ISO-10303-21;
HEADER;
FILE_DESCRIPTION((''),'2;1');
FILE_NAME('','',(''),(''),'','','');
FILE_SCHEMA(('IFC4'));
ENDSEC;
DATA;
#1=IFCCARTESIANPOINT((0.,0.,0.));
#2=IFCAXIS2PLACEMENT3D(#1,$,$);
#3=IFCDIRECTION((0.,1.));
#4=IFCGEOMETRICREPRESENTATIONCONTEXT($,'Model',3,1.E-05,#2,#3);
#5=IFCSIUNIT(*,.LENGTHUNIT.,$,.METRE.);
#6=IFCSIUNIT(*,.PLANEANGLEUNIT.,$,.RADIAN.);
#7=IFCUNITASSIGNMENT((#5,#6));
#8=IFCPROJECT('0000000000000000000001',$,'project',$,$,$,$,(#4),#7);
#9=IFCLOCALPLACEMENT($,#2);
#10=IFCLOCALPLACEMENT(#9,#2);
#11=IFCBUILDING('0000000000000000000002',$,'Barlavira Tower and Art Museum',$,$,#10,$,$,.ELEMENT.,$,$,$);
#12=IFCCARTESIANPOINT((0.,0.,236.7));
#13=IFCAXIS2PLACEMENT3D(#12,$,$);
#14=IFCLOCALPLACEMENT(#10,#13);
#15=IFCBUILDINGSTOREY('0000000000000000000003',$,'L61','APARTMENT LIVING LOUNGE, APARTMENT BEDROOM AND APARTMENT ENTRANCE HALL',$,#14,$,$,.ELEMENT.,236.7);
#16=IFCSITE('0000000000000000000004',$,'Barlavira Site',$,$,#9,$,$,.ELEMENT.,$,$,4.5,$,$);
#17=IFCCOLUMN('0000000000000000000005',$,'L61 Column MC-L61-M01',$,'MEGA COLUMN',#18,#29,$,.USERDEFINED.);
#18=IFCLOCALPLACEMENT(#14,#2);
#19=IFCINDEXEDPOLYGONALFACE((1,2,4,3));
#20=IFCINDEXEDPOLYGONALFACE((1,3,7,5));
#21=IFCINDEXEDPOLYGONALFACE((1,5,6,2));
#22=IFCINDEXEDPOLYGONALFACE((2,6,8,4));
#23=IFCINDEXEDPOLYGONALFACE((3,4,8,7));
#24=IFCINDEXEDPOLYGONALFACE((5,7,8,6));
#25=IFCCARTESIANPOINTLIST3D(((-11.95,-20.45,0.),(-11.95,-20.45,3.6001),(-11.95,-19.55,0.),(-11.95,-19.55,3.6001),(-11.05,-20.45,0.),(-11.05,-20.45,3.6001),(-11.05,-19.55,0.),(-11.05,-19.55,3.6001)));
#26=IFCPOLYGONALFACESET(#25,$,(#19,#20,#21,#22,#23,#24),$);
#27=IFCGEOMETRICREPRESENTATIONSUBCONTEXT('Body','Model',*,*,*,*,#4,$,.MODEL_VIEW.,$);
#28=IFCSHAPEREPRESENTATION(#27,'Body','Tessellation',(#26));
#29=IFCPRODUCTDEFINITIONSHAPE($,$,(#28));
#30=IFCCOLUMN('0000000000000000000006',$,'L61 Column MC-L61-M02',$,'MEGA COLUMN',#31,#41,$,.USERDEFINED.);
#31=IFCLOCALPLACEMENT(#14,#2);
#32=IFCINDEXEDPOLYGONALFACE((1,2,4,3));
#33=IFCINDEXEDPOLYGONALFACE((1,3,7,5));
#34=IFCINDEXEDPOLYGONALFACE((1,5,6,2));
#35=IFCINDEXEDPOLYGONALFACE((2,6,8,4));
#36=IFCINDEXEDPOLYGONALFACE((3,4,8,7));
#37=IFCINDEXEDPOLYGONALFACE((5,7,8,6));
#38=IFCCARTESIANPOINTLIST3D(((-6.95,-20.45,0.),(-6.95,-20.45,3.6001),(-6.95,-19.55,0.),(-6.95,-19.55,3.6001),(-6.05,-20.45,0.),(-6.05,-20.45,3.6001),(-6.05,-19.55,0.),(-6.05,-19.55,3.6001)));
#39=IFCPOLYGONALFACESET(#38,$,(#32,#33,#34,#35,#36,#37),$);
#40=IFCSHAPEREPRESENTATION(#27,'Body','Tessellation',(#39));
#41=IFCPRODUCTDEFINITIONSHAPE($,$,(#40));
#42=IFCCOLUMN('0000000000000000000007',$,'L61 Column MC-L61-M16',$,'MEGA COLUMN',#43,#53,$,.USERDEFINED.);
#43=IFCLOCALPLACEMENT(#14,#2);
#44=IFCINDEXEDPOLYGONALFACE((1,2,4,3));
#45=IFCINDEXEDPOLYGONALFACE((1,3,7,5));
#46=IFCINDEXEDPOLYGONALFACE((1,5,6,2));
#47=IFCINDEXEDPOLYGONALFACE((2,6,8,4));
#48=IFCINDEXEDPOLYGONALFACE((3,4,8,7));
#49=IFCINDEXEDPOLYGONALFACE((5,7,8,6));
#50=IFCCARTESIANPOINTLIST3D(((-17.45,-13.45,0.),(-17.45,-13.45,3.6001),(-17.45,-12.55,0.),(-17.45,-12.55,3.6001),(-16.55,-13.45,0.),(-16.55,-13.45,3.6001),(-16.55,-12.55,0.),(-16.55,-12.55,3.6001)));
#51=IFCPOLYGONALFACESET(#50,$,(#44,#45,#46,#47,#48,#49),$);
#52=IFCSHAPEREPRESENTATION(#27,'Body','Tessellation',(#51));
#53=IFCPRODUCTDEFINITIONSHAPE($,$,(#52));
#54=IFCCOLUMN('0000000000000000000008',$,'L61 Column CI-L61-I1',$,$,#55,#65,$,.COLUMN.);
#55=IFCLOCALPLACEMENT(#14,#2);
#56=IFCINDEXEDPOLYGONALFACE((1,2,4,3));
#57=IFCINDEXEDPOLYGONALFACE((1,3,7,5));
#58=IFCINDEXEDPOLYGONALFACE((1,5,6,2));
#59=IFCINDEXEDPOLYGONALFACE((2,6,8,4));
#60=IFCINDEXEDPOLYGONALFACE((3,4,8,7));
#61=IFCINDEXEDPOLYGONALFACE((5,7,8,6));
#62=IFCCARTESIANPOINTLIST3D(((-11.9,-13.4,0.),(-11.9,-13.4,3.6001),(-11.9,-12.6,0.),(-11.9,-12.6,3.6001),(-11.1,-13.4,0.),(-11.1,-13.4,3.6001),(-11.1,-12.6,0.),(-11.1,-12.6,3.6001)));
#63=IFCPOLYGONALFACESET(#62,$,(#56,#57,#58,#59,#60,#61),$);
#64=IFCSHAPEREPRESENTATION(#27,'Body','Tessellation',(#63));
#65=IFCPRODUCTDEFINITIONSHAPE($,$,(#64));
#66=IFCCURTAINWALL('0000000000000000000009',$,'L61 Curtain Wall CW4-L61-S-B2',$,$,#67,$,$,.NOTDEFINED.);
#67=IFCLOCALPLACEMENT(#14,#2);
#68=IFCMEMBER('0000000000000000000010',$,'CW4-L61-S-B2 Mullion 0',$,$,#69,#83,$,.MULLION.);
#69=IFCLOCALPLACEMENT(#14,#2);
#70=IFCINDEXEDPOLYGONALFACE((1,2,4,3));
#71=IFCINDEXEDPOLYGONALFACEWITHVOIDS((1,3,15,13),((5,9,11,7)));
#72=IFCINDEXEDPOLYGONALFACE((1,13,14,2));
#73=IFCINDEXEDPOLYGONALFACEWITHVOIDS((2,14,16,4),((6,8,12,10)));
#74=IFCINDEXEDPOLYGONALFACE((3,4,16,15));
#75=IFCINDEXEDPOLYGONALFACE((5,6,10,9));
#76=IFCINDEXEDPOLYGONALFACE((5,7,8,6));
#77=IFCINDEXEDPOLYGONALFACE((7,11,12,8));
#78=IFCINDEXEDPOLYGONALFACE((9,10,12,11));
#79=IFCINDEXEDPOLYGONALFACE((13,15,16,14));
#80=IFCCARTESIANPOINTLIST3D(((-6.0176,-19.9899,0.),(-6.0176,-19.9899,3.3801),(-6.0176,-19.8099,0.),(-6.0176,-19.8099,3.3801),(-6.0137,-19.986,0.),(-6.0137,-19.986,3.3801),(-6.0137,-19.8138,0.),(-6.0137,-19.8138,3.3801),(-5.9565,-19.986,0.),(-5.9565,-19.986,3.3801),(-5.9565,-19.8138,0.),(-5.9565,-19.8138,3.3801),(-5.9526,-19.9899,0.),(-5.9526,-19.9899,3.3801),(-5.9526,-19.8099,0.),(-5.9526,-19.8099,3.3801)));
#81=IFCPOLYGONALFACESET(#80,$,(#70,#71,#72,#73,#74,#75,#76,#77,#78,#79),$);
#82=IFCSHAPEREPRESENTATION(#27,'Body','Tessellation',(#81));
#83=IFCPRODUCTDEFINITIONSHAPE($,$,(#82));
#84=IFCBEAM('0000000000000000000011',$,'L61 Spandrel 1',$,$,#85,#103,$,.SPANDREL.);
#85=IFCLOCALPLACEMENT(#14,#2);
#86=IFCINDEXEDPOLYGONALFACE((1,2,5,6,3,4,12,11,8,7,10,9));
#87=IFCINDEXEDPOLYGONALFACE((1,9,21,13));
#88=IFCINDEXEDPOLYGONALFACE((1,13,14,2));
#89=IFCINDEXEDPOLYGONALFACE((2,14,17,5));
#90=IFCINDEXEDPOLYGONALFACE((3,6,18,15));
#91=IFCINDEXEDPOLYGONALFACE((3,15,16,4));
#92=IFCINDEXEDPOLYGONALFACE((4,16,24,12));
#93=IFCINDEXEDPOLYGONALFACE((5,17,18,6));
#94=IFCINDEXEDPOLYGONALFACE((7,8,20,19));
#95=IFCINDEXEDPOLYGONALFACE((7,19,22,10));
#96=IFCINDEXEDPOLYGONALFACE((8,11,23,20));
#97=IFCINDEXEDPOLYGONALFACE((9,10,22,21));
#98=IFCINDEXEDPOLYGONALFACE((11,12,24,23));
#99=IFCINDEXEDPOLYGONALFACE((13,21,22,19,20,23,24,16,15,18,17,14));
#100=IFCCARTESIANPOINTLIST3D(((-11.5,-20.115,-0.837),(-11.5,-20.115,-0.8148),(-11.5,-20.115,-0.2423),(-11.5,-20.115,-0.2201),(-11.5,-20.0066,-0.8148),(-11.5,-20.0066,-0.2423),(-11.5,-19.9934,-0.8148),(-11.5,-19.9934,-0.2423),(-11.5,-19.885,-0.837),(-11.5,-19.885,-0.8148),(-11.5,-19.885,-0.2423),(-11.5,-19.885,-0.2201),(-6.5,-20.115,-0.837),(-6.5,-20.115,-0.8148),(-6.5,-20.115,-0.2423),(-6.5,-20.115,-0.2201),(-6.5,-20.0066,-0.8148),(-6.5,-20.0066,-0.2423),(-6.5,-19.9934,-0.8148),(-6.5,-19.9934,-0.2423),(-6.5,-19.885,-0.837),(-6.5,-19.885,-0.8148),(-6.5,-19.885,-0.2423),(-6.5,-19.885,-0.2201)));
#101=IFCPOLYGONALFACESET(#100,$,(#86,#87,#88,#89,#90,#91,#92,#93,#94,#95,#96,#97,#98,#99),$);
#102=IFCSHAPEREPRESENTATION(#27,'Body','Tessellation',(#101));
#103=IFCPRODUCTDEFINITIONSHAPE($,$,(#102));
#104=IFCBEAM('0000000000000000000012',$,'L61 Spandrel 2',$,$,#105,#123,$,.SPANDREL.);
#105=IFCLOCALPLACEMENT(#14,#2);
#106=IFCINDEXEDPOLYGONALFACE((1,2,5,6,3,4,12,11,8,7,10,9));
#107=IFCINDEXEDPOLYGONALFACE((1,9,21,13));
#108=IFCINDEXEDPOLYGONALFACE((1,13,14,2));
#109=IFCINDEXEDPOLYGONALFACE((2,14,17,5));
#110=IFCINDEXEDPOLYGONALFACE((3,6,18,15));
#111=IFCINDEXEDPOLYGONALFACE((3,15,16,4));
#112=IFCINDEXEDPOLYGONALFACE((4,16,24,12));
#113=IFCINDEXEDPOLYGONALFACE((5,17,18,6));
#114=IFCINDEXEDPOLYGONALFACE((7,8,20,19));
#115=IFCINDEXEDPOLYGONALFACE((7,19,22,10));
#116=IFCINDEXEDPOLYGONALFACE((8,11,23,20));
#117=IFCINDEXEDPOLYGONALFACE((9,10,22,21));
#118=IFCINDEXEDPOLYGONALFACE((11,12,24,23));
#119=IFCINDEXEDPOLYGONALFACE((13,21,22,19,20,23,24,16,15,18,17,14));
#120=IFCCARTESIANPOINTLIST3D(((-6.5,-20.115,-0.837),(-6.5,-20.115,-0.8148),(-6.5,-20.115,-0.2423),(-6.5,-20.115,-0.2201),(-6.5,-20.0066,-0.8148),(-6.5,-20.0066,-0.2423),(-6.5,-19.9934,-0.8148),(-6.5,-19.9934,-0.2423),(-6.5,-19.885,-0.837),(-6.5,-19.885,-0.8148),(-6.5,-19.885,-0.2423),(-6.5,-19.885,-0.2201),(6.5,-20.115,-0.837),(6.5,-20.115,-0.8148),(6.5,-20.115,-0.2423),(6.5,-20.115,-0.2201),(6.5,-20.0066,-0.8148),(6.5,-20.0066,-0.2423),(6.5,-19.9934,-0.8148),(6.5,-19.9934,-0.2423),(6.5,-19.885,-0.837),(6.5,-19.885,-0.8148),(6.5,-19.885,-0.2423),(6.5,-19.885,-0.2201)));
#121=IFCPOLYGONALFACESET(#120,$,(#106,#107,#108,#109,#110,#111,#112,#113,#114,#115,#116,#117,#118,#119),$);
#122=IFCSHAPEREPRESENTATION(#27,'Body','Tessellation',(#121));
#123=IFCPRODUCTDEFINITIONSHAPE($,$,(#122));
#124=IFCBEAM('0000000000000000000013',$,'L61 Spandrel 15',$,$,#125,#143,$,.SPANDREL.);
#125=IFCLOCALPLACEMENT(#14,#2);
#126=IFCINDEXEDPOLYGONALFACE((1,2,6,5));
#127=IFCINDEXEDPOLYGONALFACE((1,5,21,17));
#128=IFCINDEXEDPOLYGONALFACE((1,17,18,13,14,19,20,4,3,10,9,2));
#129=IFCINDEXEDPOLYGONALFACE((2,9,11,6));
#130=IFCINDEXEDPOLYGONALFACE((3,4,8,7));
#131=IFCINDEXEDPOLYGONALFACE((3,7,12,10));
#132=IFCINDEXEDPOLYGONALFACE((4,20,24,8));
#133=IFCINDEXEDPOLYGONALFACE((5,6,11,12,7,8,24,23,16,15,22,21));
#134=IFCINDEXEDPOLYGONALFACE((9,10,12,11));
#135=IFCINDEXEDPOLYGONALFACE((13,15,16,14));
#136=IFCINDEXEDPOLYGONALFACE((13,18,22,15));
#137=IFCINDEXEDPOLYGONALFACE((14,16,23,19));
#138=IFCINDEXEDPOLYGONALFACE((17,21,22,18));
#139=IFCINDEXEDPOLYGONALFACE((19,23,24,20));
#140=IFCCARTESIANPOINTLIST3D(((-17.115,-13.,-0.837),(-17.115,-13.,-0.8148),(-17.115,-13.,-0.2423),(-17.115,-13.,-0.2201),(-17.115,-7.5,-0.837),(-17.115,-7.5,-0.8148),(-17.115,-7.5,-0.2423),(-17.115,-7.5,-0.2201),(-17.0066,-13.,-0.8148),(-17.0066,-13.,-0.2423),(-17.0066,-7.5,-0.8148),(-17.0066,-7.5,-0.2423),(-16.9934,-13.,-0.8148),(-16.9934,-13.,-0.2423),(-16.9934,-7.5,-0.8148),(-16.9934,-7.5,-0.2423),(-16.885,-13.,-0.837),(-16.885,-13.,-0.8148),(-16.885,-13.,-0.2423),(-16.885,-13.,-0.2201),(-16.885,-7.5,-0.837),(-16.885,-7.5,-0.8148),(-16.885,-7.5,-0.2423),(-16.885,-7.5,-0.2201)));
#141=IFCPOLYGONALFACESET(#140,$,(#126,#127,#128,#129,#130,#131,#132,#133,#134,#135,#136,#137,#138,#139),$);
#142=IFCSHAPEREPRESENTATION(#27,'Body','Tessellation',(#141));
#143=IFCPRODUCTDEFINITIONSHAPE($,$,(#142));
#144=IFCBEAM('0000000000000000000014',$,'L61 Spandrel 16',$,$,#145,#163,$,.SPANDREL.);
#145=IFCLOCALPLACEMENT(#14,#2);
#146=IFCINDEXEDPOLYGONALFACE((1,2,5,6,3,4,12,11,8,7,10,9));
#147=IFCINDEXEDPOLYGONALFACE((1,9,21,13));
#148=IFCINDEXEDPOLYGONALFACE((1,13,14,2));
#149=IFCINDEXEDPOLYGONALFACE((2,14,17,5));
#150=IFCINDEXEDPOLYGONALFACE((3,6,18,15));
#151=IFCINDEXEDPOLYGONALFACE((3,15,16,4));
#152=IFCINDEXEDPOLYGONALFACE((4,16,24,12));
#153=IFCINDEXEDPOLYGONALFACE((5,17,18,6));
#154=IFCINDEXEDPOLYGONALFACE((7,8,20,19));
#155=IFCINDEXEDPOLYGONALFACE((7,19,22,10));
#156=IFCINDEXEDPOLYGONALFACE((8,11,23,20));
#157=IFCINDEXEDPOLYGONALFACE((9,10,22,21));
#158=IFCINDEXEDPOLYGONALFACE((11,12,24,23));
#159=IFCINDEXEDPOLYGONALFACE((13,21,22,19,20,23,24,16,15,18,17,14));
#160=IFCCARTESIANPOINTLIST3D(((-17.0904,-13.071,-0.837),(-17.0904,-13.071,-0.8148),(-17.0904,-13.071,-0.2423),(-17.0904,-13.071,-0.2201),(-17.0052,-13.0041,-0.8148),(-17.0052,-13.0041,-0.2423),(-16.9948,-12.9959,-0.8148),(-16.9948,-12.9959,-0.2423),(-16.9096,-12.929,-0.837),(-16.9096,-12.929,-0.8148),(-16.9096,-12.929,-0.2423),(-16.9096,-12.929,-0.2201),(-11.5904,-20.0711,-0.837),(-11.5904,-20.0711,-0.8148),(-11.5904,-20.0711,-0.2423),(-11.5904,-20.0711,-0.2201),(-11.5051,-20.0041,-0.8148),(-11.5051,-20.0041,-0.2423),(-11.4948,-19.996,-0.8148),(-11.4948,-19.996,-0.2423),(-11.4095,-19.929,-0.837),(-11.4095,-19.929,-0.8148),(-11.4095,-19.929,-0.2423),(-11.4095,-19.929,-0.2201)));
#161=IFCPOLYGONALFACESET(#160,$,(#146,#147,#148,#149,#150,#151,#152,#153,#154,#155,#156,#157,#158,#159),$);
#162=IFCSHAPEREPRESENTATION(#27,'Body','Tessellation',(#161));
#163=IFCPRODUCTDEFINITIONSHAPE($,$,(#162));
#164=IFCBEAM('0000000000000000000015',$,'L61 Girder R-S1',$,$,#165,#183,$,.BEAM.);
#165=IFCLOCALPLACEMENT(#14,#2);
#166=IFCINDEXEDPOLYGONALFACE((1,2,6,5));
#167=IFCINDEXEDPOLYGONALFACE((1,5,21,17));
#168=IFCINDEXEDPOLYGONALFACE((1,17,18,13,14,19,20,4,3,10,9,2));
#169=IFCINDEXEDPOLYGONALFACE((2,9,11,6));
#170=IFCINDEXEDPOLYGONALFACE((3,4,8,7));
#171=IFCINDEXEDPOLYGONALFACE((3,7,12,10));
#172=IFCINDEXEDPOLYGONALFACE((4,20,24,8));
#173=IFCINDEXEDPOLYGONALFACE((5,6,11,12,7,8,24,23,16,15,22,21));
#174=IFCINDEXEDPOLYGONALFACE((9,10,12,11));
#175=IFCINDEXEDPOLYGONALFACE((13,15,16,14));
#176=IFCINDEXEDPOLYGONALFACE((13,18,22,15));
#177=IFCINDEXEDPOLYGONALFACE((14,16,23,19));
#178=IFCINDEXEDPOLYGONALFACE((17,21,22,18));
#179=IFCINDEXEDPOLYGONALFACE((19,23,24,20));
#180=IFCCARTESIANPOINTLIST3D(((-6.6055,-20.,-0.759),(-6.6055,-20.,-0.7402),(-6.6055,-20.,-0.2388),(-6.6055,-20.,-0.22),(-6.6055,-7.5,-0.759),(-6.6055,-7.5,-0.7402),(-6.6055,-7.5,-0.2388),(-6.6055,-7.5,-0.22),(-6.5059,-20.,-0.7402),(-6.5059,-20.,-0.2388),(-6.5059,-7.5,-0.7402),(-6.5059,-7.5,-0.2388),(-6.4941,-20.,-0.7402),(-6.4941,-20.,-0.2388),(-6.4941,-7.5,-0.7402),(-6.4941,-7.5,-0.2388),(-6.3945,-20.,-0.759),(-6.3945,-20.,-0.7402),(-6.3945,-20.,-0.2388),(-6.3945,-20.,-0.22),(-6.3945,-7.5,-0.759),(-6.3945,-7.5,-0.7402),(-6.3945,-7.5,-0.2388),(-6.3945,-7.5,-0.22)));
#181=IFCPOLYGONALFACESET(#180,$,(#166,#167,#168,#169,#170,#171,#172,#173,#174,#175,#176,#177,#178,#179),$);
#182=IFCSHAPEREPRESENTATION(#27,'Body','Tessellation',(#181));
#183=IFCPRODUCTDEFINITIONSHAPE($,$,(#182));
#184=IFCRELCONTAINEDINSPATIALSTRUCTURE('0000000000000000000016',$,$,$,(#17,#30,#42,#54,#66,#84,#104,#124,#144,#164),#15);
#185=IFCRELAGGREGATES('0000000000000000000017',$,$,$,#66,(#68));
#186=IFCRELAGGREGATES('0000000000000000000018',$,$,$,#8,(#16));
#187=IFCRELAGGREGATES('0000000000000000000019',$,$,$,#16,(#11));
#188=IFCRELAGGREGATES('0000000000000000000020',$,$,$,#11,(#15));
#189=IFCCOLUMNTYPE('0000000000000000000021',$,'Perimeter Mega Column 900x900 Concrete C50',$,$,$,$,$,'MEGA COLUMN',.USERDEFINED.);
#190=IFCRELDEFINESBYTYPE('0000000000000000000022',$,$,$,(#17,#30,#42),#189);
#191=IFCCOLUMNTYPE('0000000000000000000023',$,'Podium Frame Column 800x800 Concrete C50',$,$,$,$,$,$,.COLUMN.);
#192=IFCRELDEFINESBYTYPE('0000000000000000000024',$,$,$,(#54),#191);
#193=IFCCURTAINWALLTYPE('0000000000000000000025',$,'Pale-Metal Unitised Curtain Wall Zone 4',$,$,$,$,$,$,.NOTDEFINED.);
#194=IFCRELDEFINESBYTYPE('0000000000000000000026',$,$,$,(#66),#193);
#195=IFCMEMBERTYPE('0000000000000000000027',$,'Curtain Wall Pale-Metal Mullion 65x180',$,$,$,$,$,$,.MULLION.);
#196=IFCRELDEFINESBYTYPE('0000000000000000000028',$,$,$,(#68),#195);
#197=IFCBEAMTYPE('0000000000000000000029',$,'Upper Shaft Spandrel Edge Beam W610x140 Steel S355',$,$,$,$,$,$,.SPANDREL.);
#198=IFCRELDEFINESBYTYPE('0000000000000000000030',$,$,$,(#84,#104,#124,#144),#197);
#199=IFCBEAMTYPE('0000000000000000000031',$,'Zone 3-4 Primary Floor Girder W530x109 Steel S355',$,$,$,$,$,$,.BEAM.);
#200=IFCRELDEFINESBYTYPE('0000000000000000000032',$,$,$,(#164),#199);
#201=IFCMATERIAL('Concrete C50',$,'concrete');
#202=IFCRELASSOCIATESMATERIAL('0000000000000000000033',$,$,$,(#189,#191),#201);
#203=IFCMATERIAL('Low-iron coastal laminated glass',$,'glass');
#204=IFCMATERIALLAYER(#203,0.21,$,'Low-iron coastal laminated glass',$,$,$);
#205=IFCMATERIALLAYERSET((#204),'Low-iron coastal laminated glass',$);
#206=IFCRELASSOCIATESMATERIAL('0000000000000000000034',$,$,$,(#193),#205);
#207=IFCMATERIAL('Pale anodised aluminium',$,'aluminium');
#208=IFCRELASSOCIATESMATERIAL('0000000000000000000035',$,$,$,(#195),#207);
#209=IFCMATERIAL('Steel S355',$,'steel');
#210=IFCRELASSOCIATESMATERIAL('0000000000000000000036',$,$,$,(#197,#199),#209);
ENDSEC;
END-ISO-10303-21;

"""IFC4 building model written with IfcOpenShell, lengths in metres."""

from ifc_helpers import new_model, si_unit, direction, frame, origin, origin_2d, place, context, subcontext, project, spatial, rectangle, hollow_rectangle, i_section, extrude, material, layer, layer_set, material_profile, profile_set, type_object, element, aggregate, save


model = new_model("IFC4")

# Units and contexts
model_context = context("Model", 3, precision=1e-05, world=origin(), true_north=direction((0.0, 1.0)))
body_context = subcontext(model_context, "Body", "Model", "MODEL_VIEW")
ifc_project = project(units=[si_unit("LENGTHUNIT", "METRE"), si_unit("PLANEANGLEUNIT", "RADIAN")], contexts=[model_context])

# Site, building, storey
site_placement = place(None, origin())
site = spatial("IfcSite", under=ifc_project, at=site_placement, Name="Barlavira Site", CompositionType="ELEMENT", RefElevation=4.5)
building_placement = place(site_placement, origin())
building = spatial("IfcBuilding", under=site, at=building_placement, Name="Barlavira Tower and Art Museum", CompositionType="ELEMENT")
storey_placement = place(building_placement, frame((0.0, 0.0, 236.7)))
storey = spatial("IfcBuildingStorey", under=building, at=storey_placement, Name="L61", Description="APARTMENT LIVING LOUNGE, APARTMENT BEDROOM AND APARTMENT ENTRANCE HALL", CompositionType="ELEMENT", Elevation=236.7)

# Columns
ifc_material_1 = material(Name="Concrete C50", Category="concrete")
ifc_material_profile_1 = material_profile(ifc_material_1, rectangle(XDim=0.8999, YDim=0.8999, at=origin_2d()), Name="RC-COL 900x900")
ifc_profile_set_1 = profile_set([ifc_material_profile_1], Name="Concrete C50")
column_type_1 = type_object("IfcColumnType", Name="Perimeter Mega Column 900x900 Concrete C50", ElementType="MEGA COLUMN", PredefinedType="USERDEFINED", material=ifc_profile_set_1)
for number, where, z_axis, x_axis, name in (
    (1, (-11.5, -20.0, 0.0), (0.0, 0.0, 1.0), (1.0, 0.0, 0.0), "L61 Column MC-L61-M01"),
    (2, (-6.5, -20.0, 0.0), (0.0, 0.0, 1.0), (1.0, 0.0, 0.0), "L61 Column MC-L61-M02"),
    (3, (-17.0, -13.0, 0.0), (0.0, 0.0, 1.0), (1.0, 0.0, 0.0), "L61 Column MC-L61-M16"),
):
    element("IfcColumn", number, at=place(storey_placement, frame(where, z_axis=z_axis, x_axis=x_axis)), inside=storey, type_object=column_type_1, Name=name, ObjectType="MEGA COLUMN", PredefinedType="USERDEFINED", context=body_context, shape_type="SweptSolid", body=[
        extrude(rectangle(XDim=0.8999, YDim=0.8999, at=origin_2d()), origin(), (0.0, 0.0, 1.0), 3.6001),
    ])
ifc_material_profile_2 = material_profile(ifc_material_1, rectangle(XDim=0.8, YDim=0.8, at=origin_2d()), Name="RC-COL 800x800")
ifc_profile_set_2 = profile_set([ifc_material_profile_2], Name="Concrete C50")
column_type_2 = type_object("IfcColumnType", Name="Podium Frame Column 800x800 Concrete C50", PredefinedType="COLUMN", material=ifc_profile_set_2)
column_placement = place(storey_placement, frame((-11.5, -13.0, 0.0), z_axis=(0.0, 0.0, 1.0), x_axis=(1.0, 0.0, 0.0)))
element("IfcColumn", 4, at=column_placement, inside=storey, type_object=column_type_2, Name="L61 Column CI-L61-I1", PredefinedType="COLUMN", context=body_context, shape_type="SweptSolid", body=[
    extrude(rectangle(XDim=0.8, YDim=0.8, at=origin_2d()), origin(), (0.0, 0.0, 1.0), 3.6001),
])

# Curtain wall, member
ifc_material_2 = material(Name="Low-iron coastal laminated glass", Category="glass")
ifc_layer_1 = layer(ifc_material_2, 0.21, Name="Low-iron coastal laminated glass")
ifc_layer_set_1 = layer_set([ifc_layer_1], Name="Low-iron coastal laminated glass")
curtain_wall_type = type_object("IfcCurtainWallType", Name="Pale-Metal Unitised Curtain Wall Zone 4", PredefinedType="NOTDEFINED", material=ifc_layer_set_1)
curtain_wall_placement = place(storey_placement, origin())
curtain_wall = element("IfcCurtainWall", 5, at=curtain_wall_placement, inside=storey, type_object=curtain_wall_type, Name="L61 Curtain Wall CW4-L61-S-B2", PredefinedType="NOTDEFINED")
ifc_material_3 = material(Name="Pale anodised aluminium", Category="aluminium")
ifc_material_profile_3 = material_profile(ifc_material_3, hollow_rectangle(XDim=0.0649, YDim=0.1799, WallThickness=0.0039, at=origin_2d()), Name="ALU-MULL 65x180x4")
ifc_profile_set_3 = profile_set([ifc_material_profile_3], Name="Pale anodised aluminium")
member_type = type_object("IfcMemberType", Name="Curtain Wall Pale-Metal Mullion 65x180", PredefinedType="MULLION", material=ifc_profile_set_3)
member_placement = place(storey_placement, frame((-5.9851, -19.8999, 0.0), z_axis=(0.0, 0.0, 1.0), x_axis=(1.0, 0.0, 0.0)))
member = element("IfcMember", 6, at=member_placement, type_object=member_type, Name="CW4-L61-S-B2 Mullion 0", PredefinedType="MULLION", context=body_context, shape_type="SweptSolid", body=[
    extrude(hollow_rectangle(XDim=0.0649, YDim=0.1799, WallThickness=0.0039, at=origin_2d()), origin(), (0.0, 0.0, 1.0), 3.3801),
])
aggregate(curtain_wall, [member])

# Beams
ifc_material_4 = material(Name="Steel S355", Category="steel")
ifc_material_profile_4 = material_profile(ifc_material_4, i_section(OverallWidth=0.23, OverallDepth=0.6169, WebThickness=0.0132, FlangeThickness=0.0222, at=origin_2d()), Name="W610x140.0")
ifc_profile_set_4 = profile_set([ifc_material_profile_4], Name="Steel S355")
beam_type_1 = type_object("IfcBeamType", Name="Upper Shaft Spandrel Edge Beam W610x140 Steel S355", PredefinedType="SPANDREL", material=ifc_profile_set_4)
beam_1_placement = place(storey_placement, frame((-11.5, -20.0, -0.5286), z_axis=(1.0, 0.0, 0.0), x_axis=(0.0, 1.0, 0.0)))
element("IfcBeam", 7, at=beam_1_placement, inside=storey, type_object=beam_type_1, Name="L61 Spandrel 1", PredefinedType="SPANDREL", context=body_context, shape_type="SweptSolid", body=[
    extrude(i_section(OverallWidth=0.23, OverallDepth=0.6169, WebThickness=0.0132, FlangeThickness=0.0222, at=origin_2d()), origin(), (0.0, 0.0, 1.0), 5.0),
])
beam_2_placement = place(storey_placement, frame((-6.5, -20.0, -0.5286), z_axis=(1.0, 0.0, 0.0), x_axis=(0.0, 1.0, 0.0)))
element("IfcBeam", 8, at=beam_2_placement, inside=storey, type_object=beam_type_1, Name="L61 Spandrel 2", PredefinedType="SPANDREL", context=body_context, shape_type="SweptSolid", body=[
    extrude(i_section(OverallWidth=0.23, OverallDepth=0.6169, WebThickness=0.0132, FlangeThickness=0.0222, at=origin_2d()), origin(), (0.0, 0.0, 1.0), 13.0),
])
beam_3_placement = place(storey_placement, frame((-17.0, -13.0, -0.5286), z_axis=(0.0, 1.0, 0.0), x_axis=(-1.0, 0.0, 0.0)))
element("IfcBeam", 9, at=beam_3_placement, inside=storey, type_object=beam_type_1, Name="L61 Spandrel 15", PredefinedType="SPANDREL", context=body_context, shape_type="SweptSolid", body=[
    extrude(i_section(OverallWidth=0.23, OverallDepth=0.6169, WebThickness=0.0132, FlangeThickness=0.0222, at=origin_2d()), origin(), (0.0, 0.0, 1.0), 5.5),
])
beam_4_placement = place(storey_placement, frame((-17.0, -13.0, -0.5286), z_axis=(0.617822, -0.786318, 0.0), x_axis=(0.786318, 0.617822, 0.0)))
element("IfcBeam", 10, at=beam_4_placement, inside=storey, type_object=beam_type_1, Name="L61 Spandrel 16", PredefinedType="SPANDREL", context=body_context, shape_type="SweptSolid", body=[
    extrude(i_section(OverallWidth=0.23, OverallDepth=0.6169, WebThickness=0.0132, FlangeThickness=0.0222, at=origin_2d()), origin(), (0.0, 0.0, 1.0), 8.9023),
])
ifc_material_profile_5 = material_profile(ifc_material_4, i_section(OverallWidth=0.2109, OverallDepth=0.5391, WebThickness=0.0117, FlangeThickness=0.0188, at=origin_2d()), Name="W530x109.0")
ifc_profile_set_5 = profile_set([ifc_material_profile_5], Name="Steel S355")
beam_type_2 = type_object("IfcBeamType", Name="Zone 3-4 Primary Floor Girder W530x109 Steel S355", PredefinedType="BEAM", material=ifc_profile_set_5)
beam_5_placement = place(storey_placement, frame((-6.5, -20.0, -0.4895), z_axis=(0.0, 1.0, 0.0), x_axis=(-1.0, 0.0, 0.0)))
element("IfcBeam", 11, at=beam_5_placement, inside=storey, type_object=beam_type_2, Name="L61 Girder R-S1", PredefinedType="BEAM", context=body_context, shape_type="SweptSolid", body=[
    extrude(i_section(OverallWidth=0.2109, OverallDepth=0.5391, WebThickness=0.0117, FlangeThickness=0.0188, at=origin_2d()), origin(), (0.0, 0.0, 1.0), 12.5),
])

save(model, "model.ifc")
